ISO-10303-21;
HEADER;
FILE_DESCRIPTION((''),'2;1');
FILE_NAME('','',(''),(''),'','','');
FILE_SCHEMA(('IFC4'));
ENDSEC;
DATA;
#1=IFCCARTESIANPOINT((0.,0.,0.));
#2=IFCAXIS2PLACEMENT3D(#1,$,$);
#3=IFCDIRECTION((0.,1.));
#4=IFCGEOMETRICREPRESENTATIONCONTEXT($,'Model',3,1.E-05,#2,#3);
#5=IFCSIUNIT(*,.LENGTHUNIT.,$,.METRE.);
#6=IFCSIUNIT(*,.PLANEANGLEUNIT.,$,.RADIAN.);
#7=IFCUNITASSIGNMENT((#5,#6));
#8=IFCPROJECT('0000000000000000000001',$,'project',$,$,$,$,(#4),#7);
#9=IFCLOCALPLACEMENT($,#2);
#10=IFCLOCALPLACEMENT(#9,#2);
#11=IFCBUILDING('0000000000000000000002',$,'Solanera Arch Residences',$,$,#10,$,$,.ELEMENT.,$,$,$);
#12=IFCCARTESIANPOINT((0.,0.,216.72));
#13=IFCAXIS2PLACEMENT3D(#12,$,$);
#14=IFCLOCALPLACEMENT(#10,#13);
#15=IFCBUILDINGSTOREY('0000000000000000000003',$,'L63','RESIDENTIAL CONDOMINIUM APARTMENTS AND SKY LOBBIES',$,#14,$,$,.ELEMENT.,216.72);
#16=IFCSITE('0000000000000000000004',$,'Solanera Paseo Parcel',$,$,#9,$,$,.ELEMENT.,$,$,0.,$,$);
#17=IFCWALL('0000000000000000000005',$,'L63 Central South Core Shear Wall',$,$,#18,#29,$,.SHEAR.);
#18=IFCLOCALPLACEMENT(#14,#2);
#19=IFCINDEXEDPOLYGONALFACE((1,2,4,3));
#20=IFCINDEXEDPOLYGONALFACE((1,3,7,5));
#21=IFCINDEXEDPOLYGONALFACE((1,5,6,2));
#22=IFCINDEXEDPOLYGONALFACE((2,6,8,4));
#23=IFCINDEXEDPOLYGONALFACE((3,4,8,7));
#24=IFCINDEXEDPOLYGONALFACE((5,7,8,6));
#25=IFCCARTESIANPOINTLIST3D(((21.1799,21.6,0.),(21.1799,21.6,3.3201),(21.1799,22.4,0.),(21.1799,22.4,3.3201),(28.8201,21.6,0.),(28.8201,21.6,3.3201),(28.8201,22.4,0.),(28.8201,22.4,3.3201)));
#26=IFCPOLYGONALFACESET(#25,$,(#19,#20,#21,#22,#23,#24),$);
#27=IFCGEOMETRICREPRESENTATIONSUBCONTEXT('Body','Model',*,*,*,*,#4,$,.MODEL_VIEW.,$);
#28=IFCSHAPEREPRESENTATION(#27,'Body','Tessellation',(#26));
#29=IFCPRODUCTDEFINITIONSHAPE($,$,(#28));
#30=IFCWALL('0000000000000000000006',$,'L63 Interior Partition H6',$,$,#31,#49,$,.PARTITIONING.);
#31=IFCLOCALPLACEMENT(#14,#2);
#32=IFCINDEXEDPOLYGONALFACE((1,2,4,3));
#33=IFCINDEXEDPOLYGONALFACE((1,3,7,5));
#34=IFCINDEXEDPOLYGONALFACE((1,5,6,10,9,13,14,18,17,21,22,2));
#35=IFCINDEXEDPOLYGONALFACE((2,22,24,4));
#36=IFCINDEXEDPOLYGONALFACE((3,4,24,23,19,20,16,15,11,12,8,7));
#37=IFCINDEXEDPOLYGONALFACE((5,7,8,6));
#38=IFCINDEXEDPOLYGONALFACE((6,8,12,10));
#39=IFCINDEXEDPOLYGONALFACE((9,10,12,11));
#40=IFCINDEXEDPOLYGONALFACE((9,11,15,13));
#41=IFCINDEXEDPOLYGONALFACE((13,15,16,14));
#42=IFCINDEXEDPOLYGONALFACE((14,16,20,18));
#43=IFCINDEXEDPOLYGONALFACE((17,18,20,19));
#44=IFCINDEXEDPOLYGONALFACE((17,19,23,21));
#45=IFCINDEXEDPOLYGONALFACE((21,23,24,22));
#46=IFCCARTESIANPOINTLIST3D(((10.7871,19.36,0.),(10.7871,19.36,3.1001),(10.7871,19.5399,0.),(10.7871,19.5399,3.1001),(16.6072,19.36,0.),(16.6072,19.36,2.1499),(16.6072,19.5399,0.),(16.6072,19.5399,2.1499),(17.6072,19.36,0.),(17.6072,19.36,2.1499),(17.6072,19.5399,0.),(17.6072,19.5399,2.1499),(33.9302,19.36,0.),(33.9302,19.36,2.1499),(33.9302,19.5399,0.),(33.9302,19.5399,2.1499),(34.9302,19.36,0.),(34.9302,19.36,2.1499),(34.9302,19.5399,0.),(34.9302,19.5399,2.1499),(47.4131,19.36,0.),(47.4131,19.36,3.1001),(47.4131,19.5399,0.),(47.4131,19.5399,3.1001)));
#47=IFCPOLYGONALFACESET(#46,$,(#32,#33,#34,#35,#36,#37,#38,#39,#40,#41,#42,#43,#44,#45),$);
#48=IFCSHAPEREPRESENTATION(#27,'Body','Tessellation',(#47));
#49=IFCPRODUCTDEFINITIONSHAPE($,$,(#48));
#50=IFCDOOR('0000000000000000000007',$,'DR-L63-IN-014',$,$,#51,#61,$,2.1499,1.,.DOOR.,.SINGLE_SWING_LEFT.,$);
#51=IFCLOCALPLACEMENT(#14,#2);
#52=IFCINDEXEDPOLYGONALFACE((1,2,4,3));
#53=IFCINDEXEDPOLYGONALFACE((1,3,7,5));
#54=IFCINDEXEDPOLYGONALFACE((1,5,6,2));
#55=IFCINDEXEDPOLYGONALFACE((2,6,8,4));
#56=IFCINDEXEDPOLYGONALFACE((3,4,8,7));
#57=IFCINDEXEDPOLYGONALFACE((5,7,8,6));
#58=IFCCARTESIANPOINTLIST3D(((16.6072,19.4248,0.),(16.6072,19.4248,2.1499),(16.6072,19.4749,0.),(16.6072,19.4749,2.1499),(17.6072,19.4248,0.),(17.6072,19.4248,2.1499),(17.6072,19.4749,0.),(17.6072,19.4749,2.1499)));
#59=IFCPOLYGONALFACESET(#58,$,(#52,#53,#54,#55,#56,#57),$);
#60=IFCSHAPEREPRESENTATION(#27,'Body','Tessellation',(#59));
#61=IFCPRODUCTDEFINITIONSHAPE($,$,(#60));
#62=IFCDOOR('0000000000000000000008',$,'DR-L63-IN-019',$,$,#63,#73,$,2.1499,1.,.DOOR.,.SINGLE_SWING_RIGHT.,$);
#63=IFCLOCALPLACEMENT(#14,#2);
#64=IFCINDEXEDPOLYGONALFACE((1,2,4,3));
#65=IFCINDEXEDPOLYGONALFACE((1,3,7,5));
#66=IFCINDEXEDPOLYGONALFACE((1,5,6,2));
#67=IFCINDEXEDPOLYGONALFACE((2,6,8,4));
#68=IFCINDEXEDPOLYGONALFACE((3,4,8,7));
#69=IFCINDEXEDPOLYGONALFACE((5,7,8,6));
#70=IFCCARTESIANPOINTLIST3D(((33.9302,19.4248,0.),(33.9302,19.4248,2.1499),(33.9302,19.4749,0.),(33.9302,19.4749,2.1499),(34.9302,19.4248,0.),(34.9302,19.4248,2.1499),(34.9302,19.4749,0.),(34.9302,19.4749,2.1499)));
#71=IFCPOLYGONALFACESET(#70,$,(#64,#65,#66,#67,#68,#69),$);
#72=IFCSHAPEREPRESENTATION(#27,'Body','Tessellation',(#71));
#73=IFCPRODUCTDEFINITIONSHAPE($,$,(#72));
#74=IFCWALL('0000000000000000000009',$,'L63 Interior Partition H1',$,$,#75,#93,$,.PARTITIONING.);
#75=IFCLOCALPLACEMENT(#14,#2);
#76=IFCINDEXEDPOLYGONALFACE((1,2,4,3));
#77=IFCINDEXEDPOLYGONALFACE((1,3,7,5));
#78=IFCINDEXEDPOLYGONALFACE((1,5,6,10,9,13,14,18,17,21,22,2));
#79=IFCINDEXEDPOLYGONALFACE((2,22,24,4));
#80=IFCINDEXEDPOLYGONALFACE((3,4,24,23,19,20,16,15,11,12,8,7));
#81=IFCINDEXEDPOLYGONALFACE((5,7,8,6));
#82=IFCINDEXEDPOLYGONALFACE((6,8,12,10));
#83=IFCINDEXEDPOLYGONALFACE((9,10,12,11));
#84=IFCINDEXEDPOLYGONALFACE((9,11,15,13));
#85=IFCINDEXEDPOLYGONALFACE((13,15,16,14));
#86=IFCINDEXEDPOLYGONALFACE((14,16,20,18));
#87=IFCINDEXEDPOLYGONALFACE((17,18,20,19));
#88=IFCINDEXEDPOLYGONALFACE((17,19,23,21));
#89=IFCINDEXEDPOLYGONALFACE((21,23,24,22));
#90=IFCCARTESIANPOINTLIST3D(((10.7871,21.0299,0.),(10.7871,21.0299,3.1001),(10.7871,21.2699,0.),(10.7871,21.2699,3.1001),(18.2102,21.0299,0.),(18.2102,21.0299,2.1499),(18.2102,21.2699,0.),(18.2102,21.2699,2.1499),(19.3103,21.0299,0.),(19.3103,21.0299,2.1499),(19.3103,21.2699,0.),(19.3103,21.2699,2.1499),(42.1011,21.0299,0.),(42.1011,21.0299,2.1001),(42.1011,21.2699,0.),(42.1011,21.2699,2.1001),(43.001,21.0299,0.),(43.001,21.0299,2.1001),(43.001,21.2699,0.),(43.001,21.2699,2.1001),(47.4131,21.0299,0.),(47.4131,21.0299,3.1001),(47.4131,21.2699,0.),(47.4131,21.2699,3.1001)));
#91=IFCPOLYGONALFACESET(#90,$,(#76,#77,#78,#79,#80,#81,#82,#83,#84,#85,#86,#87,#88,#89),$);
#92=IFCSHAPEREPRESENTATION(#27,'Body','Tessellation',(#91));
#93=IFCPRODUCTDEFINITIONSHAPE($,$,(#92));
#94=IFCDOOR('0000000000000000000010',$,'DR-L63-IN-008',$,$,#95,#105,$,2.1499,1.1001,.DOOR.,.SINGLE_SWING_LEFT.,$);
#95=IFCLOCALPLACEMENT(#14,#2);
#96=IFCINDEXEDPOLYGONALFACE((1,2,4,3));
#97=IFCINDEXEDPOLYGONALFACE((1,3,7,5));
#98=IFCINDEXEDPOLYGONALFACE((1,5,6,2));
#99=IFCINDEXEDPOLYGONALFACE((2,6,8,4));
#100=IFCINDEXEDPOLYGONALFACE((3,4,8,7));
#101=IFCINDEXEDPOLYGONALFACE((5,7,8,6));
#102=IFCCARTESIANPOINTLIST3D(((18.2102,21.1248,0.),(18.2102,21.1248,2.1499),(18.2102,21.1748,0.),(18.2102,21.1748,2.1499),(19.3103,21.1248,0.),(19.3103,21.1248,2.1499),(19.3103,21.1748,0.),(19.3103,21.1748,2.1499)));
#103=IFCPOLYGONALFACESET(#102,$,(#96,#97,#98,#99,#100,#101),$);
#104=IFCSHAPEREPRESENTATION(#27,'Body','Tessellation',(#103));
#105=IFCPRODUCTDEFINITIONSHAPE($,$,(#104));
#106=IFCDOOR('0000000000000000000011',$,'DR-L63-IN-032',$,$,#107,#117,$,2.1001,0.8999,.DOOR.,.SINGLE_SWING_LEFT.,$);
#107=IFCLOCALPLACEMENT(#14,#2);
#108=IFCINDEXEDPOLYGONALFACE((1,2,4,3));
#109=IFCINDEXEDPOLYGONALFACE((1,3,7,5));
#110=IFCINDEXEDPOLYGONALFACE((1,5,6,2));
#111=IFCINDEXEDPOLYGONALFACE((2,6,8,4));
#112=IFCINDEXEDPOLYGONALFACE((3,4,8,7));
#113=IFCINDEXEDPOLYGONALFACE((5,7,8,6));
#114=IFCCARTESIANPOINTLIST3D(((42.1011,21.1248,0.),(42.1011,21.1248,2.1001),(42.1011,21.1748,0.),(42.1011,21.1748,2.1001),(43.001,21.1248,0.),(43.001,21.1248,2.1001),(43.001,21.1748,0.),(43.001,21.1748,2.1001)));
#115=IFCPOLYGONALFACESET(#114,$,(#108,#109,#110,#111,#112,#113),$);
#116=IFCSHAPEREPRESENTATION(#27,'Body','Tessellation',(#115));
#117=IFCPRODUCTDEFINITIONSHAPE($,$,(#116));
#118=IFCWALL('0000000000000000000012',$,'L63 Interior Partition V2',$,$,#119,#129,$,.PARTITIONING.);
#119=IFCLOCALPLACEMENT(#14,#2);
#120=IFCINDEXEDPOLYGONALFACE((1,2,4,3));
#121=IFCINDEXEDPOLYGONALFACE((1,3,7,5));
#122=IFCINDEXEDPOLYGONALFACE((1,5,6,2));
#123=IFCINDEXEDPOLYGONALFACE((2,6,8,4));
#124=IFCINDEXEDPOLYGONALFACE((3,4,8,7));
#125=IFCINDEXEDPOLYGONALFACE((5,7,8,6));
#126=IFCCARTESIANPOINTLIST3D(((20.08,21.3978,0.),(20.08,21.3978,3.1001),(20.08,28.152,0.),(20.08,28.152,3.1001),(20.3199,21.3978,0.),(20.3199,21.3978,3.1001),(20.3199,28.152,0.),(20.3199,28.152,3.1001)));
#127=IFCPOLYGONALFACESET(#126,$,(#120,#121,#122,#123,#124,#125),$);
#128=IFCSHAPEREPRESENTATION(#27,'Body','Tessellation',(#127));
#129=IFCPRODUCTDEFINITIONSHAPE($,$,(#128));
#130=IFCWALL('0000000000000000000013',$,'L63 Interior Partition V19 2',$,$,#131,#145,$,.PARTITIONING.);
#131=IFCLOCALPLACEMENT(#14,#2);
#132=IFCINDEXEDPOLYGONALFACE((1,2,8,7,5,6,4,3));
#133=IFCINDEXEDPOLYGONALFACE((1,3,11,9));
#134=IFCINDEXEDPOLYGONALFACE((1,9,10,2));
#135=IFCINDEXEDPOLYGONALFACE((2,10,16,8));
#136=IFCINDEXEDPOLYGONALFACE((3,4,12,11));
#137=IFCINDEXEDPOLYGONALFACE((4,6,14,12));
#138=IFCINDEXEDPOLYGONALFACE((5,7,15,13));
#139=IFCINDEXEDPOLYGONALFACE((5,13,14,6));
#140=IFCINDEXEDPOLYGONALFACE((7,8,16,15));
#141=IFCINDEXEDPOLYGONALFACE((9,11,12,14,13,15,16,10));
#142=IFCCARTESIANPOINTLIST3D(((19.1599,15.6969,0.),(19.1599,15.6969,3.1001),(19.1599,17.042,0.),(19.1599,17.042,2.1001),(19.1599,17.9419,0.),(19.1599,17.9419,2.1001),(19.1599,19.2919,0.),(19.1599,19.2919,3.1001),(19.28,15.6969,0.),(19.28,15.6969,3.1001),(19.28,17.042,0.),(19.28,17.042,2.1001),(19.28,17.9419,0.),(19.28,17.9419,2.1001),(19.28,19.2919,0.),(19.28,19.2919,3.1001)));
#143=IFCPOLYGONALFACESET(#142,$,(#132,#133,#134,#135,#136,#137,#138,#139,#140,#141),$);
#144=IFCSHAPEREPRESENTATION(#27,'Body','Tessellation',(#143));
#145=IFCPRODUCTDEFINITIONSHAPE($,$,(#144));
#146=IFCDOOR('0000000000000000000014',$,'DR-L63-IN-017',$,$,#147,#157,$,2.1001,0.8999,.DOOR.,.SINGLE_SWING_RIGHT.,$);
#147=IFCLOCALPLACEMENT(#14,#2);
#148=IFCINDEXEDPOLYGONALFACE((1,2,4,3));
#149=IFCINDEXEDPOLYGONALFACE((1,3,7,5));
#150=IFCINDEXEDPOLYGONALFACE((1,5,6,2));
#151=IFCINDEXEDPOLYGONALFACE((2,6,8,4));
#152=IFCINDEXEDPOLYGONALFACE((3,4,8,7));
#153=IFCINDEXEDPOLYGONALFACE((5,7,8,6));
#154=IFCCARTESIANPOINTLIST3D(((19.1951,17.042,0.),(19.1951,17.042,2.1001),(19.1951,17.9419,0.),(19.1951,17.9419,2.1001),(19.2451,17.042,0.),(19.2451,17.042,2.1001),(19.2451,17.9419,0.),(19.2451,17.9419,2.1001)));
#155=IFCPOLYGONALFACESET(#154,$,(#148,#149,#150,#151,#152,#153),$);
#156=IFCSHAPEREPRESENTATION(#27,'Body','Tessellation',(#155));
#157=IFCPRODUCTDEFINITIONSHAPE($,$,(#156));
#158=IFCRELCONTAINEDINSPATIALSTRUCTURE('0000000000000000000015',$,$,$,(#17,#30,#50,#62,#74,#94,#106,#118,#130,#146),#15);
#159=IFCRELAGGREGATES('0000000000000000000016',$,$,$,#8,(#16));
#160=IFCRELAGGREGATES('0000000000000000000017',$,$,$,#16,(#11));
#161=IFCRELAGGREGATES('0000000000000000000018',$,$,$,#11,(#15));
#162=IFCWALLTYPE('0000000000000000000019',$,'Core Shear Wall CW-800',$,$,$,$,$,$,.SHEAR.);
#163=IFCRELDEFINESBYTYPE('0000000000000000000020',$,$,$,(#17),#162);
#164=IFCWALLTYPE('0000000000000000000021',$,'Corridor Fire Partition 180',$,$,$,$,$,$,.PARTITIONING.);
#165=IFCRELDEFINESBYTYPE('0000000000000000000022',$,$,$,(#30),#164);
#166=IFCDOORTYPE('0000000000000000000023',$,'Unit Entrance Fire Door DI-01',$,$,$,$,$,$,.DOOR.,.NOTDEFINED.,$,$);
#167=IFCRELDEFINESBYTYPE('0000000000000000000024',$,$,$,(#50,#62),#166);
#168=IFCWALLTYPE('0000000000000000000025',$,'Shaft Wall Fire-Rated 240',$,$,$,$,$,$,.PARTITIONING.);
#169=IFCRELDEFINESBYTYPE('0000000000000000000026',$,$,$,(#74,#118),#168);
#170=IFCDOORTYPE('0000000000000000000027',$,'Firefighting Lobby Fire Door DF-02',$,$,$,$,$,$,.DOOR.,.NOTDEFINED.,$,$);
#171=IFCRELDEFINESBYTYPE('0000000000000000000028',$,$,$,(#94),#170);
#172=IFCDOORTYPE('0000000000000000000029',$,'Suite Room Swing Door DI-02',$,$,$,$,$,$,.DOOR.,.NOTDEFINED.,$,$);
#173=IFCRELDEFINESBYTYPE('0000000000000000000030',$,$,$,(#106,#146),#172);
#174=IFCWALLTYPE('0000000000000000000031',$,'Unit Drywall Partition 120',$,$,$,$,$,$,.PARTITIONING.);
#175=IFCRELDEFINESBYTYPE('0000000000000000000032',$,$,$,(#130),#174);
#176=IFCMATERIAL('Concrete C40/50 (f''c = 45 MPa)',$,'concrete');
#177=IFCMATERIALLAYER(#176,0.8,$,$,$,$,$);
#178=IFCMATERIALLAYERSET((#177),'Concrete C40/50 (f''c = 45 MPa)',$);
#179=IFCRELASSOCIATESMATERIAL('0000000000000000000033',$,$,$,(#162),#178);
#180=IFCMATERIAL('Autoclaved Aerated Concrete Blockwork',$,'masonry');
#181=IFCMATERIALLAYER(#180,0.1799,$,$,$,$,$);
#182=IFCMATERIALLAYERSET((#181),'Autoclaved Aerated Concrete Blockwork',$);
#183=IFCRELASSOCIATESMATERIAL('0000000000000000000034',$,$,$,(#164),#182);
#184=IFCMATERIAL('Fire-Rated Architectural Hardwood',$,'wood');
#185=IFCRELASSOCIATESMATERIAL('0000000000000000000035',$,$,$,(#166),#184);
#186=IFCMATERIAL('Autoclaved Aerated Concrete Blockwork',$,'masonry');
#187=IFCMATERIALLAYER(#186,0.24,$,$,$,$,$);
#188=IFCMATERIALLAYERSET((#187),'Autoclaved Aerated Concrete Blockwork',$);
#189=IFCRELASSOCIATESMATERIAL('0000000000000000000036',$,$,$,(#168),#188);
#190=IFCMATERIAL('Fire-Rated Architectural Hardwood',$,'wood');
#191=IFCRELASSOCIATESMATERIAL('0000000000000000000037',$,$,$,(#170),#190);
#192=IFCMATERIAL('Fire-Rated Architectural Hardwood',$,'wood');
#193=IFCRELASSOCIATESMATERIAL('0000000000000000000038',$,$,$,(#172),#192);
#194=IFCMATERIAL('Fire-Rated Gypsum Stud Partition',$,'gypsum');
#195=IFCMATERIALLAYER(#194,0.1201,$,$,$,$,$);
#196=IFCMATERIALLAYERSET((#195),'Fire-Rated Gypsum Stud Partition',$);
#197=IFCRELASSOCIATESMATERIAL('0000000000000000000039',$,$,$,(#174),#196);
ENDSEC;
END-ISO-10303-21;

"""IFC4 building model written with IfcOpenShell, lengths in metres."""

from ifc_helpers import new_model, si_unit, direction, frame, frame_2d, origin, place, context, subcontext, project, spatial, rectangle, extrude, material, layer, layer_set, type_object, element, fill, save


model = new_model("IFC4")

# Units and contexts
model_context = context("Model", 3, precision=1e-05, world=origin(), true_north=direction((0.0, 1.0)))
body_context = subcontext(model_context, "Body", "Model", "MODEL_VIEW")
ifc_project = project(units=[si_unit("LENGTHUNIT", "METRE"), si_unit("PLANEANGLEUNIT", "RADIAN")], contexts=[model_context])

# Site, building, storey
site_placement = place(None, origin())
site = spatial("IfcSite", under=ifc_project, at=site_placement, Name="Solanera Paseo Parcel", CompositionType="ELEMENT", RefElevation=0.0)
building_placement = place(site_placement, origin())
building = spatial("IfcBuilding", under=site, at=building_placement, Name="Solanera Arch Residences", CompositionType="ELEMENT")
storey_placement = place(building_placement, frame((0.0, 0.0, 216.72)))
storey = spatial("IfcBuildingStorey", under=building, at=storey_placement, Name="L63", Description="RESIDENTIAL CONDOMINIUM APARTMENTS AND SKY LOBBIES", CompositionType="ELEMENT", Elevation=216.72)

# Wall
ifc_material_1 = material(Name="Concrete C40/50 (f'c = 45 MPa)", Category="concrete")
ifc_layer_1 = layer(ifc_material_1, 0.8)
ifc_layer_set_1 = layer_set([ifc_layer_1], Name="Concrete C40/50 (f'c = 45 MPa)")
wall_type_1 = type_object("IfcWallType", Name="Core Shear Wall CW-800", PredefinedType="SHEAR", material=ifc_layer_set_1)
wall_1_placement = place(storey_placement, frame((21.1799, 22.0, 0.0), z_axis=(0.0, 0.0, 1.0), x_axis=(1.0, 0.0, 0.0)))
element("IfcWall", 1, at=wall_1_placement, inside=storey, type_object=wall_type_1, Name="L63 Central South Core Shear Wall", PredefinedType="SHEAR", context=body_context, shape_type="SweptSolid", body=[
    extrude(rectangle(XDim=7.6401, YDim=0.8, at=frame_2d((3.8201, 0.0))), origin(), (0.0, 0.0, 1.0), 3.3201),
])

# Walls, openings, doors
ifc_material_2 = material(Name="Autoclaved Aerated Concrete Blockwork", Category="masonry")
ifc_layer_2 = layer(ifc_material_2, 0.1799)
ifc_layer_set_2 = layer_set([ifc_layer_2], Name="Autoclaved Aerated Concrete Blockwork")
wall_type_2 = type_object("IfcWallType", Name="Corridor Fire Partition 180", PredefinedType="PARTITIONING", material=ifc_layer_set_2)
wall_2_placement = place(storey_placement, frame((10.7871, 19.45, 0.0), z_axis=(0.0, 0.0, 1.0), x_axis=(1.0, 0.0, 0.0)))
wall_2 = element("IfcWall", 2, at=wall_2_placement, inside=storey, type_object=wall_type_2, Name="L63 Interior Partition H6", PredefinedType="PARTITIONING", context=body_context, shape_type="SweptSolid", body=[
    extrude(rectangle(XDim=36.626, YDim=0.1799, at=frame_2d((18.313, 0.0))), origin(), (0.0, 0.0, 1.0), 3.1001),
])
opening_1_placement = place(wall_2_placement, frame((5.8201, 0.0, 0.0)))
opening_1 = element("IfcOpeningElement", 3, at=opening_1_placement, cuts=wall_2, PredefinedType="OPENING", context=body_context, shape_type="SweptSolid", body=[
    extrude(rectangle(XDim=1.0, YDim=2.1499, at=frame_2d((0.5, 1.075))), frame((0.0, 0.1001, 0.0), z_axis=(0.0, -1.0, 0.0), x_axis=(1.0, 0.0, 0.0)), (0.0, 0.0, 1.0), 0.1999),
])
opening_2_placement = place(wall_2_placement, frame((23.1431, 0.0, 0.0)))
opening_2 = element("IfcOpeningElement", 4, at=opening_2_placement, cuts=wall_2, PredefinedType="OPENING", context=body_context, shape_type="SweptSolid", body=[
    extrude(rectangle(XDim=1.0, YDim=2.1499, at=frame_2d((0.5, 1.075))), frame((0.0, 0.1001, 0.0), z_axis=(0.0, -1.0, 0.0), x_axis=(1.0, 0.0, 0.0)), (0.0, 0.0, 1.0), 0.1999),
])
ifc_material_3 = material(Name="Fire-Rated Architectural Hardwood", Category="wood")
door_type_1 = type_object("IfcDoorType", Name="Unit Entrance Fire Door DI-01", OperationType="NOTDEFINED", PredefinedType="DOOR", material=ifc_material_3)
door_1_placement = place(opening_1_placement, origin())
door_1 = element("IfcDoor", 5, at=door_1_placement, inside=storey, type_object=door_type_1, Name="DR-L63-IN-014", OperationType="SINGLE_SWING_LEFT", OverallHeight=2.1499, OverallWidth=1.0, PredefinedType="DOOR", context=body_context, shape_type="SweptSolid", body=[
    extrude(rectangle(XDim=1.0, YDim=2.1499, at=frame_2d((0.5, 1.075))), frame((0.0, 0.0249, 0.0), z_axis=(0.0, -1.0, 0.0), x_axis=(1.0, 0.0, 0.0)), (0.0, 0.0, 1.0), 0.05),
])
fill(opening_1, door_1)
door_2_placement = place(opening_2_placement, origin())
door_2 = element("IfcDoor", 6, at=door_2_placement, inside=storey, type_object=door_type_1, Name="DR-L63-IN-019", OperationType="SINGLE_SWING_RIGHT", OverallHeight=2.1499, OverallWidth=1.0, PredefinedType="DOOR", context=body_context, shape_type="SweptSolid", body=[
    extrude(rectangle(XDim=1.0, YDim=2.1499, at=frame_2d((0.5, 1.075))), frame((0.0, 0.0249, 0.0), z_axis=(0.0, -1.0, 0.0), x_axis=(1.0, 0.0, 0.0)), (0.0, 0.0, 1.0), 0.05),
])
fill(opening_2, door_2)
ifc_material_4 = material(Name="Autoclaved Aerated Concrete Blockwork", Category="masonry")
ifc_layer_3 = layer(ifc_material_4, 0.24)
ifc_layer_set_3 = layer_set([ifc_layer_3], Name="Autoclaved Aerated Concrete Blockwork")
wall_type_3 = type_object("IfcWallType", Name="Shaft Wall Fire-Rated 240", PredefinedType="PARTITIONING", material=ifc_layer_set_3)
wall_3_placement = place(storey_placement, frame((10.7871, 21.1499, 0.0), z_axis=(0.0, 0.0, 1.0), x_axis=(1.0, 0.0, 0.0)))
wall_3 = element("IfcWall", 7, at=wall_3_placement, inside=storey, type_object=wall_type_3, Name="L63 Interior Partition H1", PredefinedType="PARTITIONING", context=body_context, shape_type="SweptSolid", body=[
    extrude(rectangle(XDim=36.626, YDim=0.24, at=frame_2d((18.313, 0.0))), origin(), (0.0, 0.0, 1.0), 3.1001),
])
opening_3_placement = place(wall_3_placement, frame((7.4231, 0.0, 0.0)))
opening_3 = element("IfcOpeningElement", 8, at=opening_3_placement, cuts=wall_3, PredefinedType="OPENING", context=body_context, shape_type="SweptSolid", body=[
    extrude(rectangle(XDim=1.1001, YDim=2.1499, at=frame_2d((0.55, 1.075))), frame((0.0, 0.1299, 0.0), z_axis=(0.0, -1.0, 0.0), x_axis=(1.0, 0.0, 0.0)), (0.0, 0.0, 1.0), 0.26),
])
opening_4_placement = place(wall_3_placement, frame((31.314, 0.0, 0.0)))
opening_4 = element("IfcOpeningElement", 9, at=opening_4_placement, cuts=wall_3, PredefinedType="OPENING", context=body_context, shape_type="SweptSolid", body=[
    extrude(rectangle(XDim=0.8999, YDim=2.1001, at=frame_2d((0.45, 1.05))), frame((0.0, 0.1299, 0.0), z_axis=(0.0, -1.0, 0.0), x_axis=(1.0, 0.0, 0.0)), (0.0, 0.0, 1.0), 0.26),
])
ifc_material_5 = material(Name="Fire-Rated Architectural Hardwood", Category="wood")
door_type_2 = type_object("IfcDoorType", Name="Firefighting Lobby Fire Door DF-02", OperationType="NOTDEFINED", PredefinedType="DOOR", material=ifc_material_5)
door_3_placement = place(opening_3_placement, origin())
door_3 = element("IfcDoor", 10, at=door_3_placement, inside=storey, type_object=door_type_2, Name="DR-L63-IN-008", OperationType="SINGLE_SWING_LEFT", OverallHeight=2.1499, OverallWidth=1.1001, PredefinedType="DOOR", context=body_context, shape_type="SweptSolid", body=[
    extrude(rectangle(XDim=1.1001, YDim=2.1499, at=frame_2d((0.55, 1.075))), frame((0.0, 0.0249, 0.0), z_axis=(0.0, -1.0, 0.0), x_axis=(1.0, 0.0, 0.0)), (0.0, 0.0, 1.0), 0.05),
])
fill(opening_3, door_3)
ifc_material_6 = material(Name="Fire-Rated Architectural Hardwood", Category="wood")
door_type_3 = type_object("IfcDoorType", Name="Suite Room Swing Door DI-02", OperationType="NOTDEFINED", PredefinedType="DOOR", material=ifc_material_6)
door_4_placement = place(opening_4_placement, origin())
door_4 = element("IfcDoor", 11, at=door_4_placement, inside=storey, type_object=door_type_3, Name="DR-L63-IN-032", OperationType="SINGLE_SWING_LEFT", OverallHeight=2.1001, OverallWidth=0.8999, PredefinedType="DOOR", context=body_context, shape_type="SweptSolid", body=[
    extrude(rectangle(XDim=0.8999, YDim=2.1001, at=frame_2d((0.45, 1.05))), frame((0.0, 0.0249, 0.0), z_axis=(0.0, -1.0, 0.0), x_axis=(1.0, 0.0, 0.0)), (0.0, 0.0, 1.0), 0.05),
])
fill(opening_4, door_4)

# Wall
wall_4_placement = place(storey_placement, frame((20.2, 21.3979, 0.0), z_axis=(0.0, 0.0, 1.0), x_axis=(0.0, 1.0, 0.0)))
element("IfcWall", 12, at=wall_4_placement, inside=storey, type_object=wall_type_3, Name="L63 Interior Partition V2", PredefinedType="PARTITIONING", context=body_context, shape_type="SweptSolid", body=[
    extrude(rectangle(XDim=6.7542, YDim=0.24, at=frame_2d((3.377, 0.0))), origin(), (0.0, 0.0, 1.0), 3.1001),
])

# Wall, opening, door
ifc_material_7 = material(Name="Fire-Rated Gypsum Stud Partition", Category="gypsum")
ifc_layer_4 = layer(ifc_material_7, 0.1201)
ifc_layer_set_4 = layer_set([ifc_layer_4], Name="Fire-Rated Gypsum Stud Partition")
wall_type_4 = type_object("IfcWallType", Name="Unit Drywall Partition 120", PredefinedType="PARTITIONING", material=ifc_layer_set_4)
wall_5_placement = place(storey_placement, frame((19.22, 15.697, 0.0), z_axis=(0.0, 0.0, 1.0), x_axis=(0.0, 1.0, 0.0)))
wall_5 = element("IfcWall", 13, at=wall_5_placement, inside=storey, type_object=wall_type_4, Name="L63 Interior Partition V19 2", PredefinedType="PARTITIONING", context=body_context, shape_type="SweptSolid", body=[
    extrude(rectangle(XDim=3.595, YDim=0.1201, at=frame_2d((1.7974, 0.0))), origin(), (0.0, 0.0, 1.0), 3.1001),
])
opening_5_placement = place(wall_5_placement, frame((1.345, 0.0, 0.0)))
opening_5 = element("IfcOpeningElement", 14, at=opening_5_placement, cuts=wall_5, PredefinedType="OPENING", context=body_context, shape_type="SweptSolid", body=[
    extrude(rectangle(XDim=0.8999, YDim=2.1001, at=frame_2d((0.45, 1.05))), frame((0.0, 0.0701, 0.0), z_axis=(0.0, -1.0, 0.0), x_axis=(1.0, 0.0, 0.0)), (0.0, 0.0, 1.0), 0.1401),
])
door_5_placement = place(opening_5_placement, origin())
door_5 = element("IfcDoor", 15, at=door_5_placement, inside=storey, type_object=door_type_3, Name="DR-L63-IN-017", OperationType="SINGLE_SWING_RIGHT", OverallHeight=2.1001, OverallWidth=0.8999, PredefinedType="DOOR", context=body_context, shape_type="SweptSolid", body=[
    extrude(rectangle(XDim=0.8999, YDim=2.1001, at=frame_2d((0.45, 1.05))), frame((0.0, 0.0249, 0.0), z_axis=(0.0, -1.0, 0.0), x_axis=(1.0, 0.0, 0.0)), (0.0, 0.0, 1.0), 0.05),
])
fill(opening_5, door_5)

save(model, "model.ifc")
